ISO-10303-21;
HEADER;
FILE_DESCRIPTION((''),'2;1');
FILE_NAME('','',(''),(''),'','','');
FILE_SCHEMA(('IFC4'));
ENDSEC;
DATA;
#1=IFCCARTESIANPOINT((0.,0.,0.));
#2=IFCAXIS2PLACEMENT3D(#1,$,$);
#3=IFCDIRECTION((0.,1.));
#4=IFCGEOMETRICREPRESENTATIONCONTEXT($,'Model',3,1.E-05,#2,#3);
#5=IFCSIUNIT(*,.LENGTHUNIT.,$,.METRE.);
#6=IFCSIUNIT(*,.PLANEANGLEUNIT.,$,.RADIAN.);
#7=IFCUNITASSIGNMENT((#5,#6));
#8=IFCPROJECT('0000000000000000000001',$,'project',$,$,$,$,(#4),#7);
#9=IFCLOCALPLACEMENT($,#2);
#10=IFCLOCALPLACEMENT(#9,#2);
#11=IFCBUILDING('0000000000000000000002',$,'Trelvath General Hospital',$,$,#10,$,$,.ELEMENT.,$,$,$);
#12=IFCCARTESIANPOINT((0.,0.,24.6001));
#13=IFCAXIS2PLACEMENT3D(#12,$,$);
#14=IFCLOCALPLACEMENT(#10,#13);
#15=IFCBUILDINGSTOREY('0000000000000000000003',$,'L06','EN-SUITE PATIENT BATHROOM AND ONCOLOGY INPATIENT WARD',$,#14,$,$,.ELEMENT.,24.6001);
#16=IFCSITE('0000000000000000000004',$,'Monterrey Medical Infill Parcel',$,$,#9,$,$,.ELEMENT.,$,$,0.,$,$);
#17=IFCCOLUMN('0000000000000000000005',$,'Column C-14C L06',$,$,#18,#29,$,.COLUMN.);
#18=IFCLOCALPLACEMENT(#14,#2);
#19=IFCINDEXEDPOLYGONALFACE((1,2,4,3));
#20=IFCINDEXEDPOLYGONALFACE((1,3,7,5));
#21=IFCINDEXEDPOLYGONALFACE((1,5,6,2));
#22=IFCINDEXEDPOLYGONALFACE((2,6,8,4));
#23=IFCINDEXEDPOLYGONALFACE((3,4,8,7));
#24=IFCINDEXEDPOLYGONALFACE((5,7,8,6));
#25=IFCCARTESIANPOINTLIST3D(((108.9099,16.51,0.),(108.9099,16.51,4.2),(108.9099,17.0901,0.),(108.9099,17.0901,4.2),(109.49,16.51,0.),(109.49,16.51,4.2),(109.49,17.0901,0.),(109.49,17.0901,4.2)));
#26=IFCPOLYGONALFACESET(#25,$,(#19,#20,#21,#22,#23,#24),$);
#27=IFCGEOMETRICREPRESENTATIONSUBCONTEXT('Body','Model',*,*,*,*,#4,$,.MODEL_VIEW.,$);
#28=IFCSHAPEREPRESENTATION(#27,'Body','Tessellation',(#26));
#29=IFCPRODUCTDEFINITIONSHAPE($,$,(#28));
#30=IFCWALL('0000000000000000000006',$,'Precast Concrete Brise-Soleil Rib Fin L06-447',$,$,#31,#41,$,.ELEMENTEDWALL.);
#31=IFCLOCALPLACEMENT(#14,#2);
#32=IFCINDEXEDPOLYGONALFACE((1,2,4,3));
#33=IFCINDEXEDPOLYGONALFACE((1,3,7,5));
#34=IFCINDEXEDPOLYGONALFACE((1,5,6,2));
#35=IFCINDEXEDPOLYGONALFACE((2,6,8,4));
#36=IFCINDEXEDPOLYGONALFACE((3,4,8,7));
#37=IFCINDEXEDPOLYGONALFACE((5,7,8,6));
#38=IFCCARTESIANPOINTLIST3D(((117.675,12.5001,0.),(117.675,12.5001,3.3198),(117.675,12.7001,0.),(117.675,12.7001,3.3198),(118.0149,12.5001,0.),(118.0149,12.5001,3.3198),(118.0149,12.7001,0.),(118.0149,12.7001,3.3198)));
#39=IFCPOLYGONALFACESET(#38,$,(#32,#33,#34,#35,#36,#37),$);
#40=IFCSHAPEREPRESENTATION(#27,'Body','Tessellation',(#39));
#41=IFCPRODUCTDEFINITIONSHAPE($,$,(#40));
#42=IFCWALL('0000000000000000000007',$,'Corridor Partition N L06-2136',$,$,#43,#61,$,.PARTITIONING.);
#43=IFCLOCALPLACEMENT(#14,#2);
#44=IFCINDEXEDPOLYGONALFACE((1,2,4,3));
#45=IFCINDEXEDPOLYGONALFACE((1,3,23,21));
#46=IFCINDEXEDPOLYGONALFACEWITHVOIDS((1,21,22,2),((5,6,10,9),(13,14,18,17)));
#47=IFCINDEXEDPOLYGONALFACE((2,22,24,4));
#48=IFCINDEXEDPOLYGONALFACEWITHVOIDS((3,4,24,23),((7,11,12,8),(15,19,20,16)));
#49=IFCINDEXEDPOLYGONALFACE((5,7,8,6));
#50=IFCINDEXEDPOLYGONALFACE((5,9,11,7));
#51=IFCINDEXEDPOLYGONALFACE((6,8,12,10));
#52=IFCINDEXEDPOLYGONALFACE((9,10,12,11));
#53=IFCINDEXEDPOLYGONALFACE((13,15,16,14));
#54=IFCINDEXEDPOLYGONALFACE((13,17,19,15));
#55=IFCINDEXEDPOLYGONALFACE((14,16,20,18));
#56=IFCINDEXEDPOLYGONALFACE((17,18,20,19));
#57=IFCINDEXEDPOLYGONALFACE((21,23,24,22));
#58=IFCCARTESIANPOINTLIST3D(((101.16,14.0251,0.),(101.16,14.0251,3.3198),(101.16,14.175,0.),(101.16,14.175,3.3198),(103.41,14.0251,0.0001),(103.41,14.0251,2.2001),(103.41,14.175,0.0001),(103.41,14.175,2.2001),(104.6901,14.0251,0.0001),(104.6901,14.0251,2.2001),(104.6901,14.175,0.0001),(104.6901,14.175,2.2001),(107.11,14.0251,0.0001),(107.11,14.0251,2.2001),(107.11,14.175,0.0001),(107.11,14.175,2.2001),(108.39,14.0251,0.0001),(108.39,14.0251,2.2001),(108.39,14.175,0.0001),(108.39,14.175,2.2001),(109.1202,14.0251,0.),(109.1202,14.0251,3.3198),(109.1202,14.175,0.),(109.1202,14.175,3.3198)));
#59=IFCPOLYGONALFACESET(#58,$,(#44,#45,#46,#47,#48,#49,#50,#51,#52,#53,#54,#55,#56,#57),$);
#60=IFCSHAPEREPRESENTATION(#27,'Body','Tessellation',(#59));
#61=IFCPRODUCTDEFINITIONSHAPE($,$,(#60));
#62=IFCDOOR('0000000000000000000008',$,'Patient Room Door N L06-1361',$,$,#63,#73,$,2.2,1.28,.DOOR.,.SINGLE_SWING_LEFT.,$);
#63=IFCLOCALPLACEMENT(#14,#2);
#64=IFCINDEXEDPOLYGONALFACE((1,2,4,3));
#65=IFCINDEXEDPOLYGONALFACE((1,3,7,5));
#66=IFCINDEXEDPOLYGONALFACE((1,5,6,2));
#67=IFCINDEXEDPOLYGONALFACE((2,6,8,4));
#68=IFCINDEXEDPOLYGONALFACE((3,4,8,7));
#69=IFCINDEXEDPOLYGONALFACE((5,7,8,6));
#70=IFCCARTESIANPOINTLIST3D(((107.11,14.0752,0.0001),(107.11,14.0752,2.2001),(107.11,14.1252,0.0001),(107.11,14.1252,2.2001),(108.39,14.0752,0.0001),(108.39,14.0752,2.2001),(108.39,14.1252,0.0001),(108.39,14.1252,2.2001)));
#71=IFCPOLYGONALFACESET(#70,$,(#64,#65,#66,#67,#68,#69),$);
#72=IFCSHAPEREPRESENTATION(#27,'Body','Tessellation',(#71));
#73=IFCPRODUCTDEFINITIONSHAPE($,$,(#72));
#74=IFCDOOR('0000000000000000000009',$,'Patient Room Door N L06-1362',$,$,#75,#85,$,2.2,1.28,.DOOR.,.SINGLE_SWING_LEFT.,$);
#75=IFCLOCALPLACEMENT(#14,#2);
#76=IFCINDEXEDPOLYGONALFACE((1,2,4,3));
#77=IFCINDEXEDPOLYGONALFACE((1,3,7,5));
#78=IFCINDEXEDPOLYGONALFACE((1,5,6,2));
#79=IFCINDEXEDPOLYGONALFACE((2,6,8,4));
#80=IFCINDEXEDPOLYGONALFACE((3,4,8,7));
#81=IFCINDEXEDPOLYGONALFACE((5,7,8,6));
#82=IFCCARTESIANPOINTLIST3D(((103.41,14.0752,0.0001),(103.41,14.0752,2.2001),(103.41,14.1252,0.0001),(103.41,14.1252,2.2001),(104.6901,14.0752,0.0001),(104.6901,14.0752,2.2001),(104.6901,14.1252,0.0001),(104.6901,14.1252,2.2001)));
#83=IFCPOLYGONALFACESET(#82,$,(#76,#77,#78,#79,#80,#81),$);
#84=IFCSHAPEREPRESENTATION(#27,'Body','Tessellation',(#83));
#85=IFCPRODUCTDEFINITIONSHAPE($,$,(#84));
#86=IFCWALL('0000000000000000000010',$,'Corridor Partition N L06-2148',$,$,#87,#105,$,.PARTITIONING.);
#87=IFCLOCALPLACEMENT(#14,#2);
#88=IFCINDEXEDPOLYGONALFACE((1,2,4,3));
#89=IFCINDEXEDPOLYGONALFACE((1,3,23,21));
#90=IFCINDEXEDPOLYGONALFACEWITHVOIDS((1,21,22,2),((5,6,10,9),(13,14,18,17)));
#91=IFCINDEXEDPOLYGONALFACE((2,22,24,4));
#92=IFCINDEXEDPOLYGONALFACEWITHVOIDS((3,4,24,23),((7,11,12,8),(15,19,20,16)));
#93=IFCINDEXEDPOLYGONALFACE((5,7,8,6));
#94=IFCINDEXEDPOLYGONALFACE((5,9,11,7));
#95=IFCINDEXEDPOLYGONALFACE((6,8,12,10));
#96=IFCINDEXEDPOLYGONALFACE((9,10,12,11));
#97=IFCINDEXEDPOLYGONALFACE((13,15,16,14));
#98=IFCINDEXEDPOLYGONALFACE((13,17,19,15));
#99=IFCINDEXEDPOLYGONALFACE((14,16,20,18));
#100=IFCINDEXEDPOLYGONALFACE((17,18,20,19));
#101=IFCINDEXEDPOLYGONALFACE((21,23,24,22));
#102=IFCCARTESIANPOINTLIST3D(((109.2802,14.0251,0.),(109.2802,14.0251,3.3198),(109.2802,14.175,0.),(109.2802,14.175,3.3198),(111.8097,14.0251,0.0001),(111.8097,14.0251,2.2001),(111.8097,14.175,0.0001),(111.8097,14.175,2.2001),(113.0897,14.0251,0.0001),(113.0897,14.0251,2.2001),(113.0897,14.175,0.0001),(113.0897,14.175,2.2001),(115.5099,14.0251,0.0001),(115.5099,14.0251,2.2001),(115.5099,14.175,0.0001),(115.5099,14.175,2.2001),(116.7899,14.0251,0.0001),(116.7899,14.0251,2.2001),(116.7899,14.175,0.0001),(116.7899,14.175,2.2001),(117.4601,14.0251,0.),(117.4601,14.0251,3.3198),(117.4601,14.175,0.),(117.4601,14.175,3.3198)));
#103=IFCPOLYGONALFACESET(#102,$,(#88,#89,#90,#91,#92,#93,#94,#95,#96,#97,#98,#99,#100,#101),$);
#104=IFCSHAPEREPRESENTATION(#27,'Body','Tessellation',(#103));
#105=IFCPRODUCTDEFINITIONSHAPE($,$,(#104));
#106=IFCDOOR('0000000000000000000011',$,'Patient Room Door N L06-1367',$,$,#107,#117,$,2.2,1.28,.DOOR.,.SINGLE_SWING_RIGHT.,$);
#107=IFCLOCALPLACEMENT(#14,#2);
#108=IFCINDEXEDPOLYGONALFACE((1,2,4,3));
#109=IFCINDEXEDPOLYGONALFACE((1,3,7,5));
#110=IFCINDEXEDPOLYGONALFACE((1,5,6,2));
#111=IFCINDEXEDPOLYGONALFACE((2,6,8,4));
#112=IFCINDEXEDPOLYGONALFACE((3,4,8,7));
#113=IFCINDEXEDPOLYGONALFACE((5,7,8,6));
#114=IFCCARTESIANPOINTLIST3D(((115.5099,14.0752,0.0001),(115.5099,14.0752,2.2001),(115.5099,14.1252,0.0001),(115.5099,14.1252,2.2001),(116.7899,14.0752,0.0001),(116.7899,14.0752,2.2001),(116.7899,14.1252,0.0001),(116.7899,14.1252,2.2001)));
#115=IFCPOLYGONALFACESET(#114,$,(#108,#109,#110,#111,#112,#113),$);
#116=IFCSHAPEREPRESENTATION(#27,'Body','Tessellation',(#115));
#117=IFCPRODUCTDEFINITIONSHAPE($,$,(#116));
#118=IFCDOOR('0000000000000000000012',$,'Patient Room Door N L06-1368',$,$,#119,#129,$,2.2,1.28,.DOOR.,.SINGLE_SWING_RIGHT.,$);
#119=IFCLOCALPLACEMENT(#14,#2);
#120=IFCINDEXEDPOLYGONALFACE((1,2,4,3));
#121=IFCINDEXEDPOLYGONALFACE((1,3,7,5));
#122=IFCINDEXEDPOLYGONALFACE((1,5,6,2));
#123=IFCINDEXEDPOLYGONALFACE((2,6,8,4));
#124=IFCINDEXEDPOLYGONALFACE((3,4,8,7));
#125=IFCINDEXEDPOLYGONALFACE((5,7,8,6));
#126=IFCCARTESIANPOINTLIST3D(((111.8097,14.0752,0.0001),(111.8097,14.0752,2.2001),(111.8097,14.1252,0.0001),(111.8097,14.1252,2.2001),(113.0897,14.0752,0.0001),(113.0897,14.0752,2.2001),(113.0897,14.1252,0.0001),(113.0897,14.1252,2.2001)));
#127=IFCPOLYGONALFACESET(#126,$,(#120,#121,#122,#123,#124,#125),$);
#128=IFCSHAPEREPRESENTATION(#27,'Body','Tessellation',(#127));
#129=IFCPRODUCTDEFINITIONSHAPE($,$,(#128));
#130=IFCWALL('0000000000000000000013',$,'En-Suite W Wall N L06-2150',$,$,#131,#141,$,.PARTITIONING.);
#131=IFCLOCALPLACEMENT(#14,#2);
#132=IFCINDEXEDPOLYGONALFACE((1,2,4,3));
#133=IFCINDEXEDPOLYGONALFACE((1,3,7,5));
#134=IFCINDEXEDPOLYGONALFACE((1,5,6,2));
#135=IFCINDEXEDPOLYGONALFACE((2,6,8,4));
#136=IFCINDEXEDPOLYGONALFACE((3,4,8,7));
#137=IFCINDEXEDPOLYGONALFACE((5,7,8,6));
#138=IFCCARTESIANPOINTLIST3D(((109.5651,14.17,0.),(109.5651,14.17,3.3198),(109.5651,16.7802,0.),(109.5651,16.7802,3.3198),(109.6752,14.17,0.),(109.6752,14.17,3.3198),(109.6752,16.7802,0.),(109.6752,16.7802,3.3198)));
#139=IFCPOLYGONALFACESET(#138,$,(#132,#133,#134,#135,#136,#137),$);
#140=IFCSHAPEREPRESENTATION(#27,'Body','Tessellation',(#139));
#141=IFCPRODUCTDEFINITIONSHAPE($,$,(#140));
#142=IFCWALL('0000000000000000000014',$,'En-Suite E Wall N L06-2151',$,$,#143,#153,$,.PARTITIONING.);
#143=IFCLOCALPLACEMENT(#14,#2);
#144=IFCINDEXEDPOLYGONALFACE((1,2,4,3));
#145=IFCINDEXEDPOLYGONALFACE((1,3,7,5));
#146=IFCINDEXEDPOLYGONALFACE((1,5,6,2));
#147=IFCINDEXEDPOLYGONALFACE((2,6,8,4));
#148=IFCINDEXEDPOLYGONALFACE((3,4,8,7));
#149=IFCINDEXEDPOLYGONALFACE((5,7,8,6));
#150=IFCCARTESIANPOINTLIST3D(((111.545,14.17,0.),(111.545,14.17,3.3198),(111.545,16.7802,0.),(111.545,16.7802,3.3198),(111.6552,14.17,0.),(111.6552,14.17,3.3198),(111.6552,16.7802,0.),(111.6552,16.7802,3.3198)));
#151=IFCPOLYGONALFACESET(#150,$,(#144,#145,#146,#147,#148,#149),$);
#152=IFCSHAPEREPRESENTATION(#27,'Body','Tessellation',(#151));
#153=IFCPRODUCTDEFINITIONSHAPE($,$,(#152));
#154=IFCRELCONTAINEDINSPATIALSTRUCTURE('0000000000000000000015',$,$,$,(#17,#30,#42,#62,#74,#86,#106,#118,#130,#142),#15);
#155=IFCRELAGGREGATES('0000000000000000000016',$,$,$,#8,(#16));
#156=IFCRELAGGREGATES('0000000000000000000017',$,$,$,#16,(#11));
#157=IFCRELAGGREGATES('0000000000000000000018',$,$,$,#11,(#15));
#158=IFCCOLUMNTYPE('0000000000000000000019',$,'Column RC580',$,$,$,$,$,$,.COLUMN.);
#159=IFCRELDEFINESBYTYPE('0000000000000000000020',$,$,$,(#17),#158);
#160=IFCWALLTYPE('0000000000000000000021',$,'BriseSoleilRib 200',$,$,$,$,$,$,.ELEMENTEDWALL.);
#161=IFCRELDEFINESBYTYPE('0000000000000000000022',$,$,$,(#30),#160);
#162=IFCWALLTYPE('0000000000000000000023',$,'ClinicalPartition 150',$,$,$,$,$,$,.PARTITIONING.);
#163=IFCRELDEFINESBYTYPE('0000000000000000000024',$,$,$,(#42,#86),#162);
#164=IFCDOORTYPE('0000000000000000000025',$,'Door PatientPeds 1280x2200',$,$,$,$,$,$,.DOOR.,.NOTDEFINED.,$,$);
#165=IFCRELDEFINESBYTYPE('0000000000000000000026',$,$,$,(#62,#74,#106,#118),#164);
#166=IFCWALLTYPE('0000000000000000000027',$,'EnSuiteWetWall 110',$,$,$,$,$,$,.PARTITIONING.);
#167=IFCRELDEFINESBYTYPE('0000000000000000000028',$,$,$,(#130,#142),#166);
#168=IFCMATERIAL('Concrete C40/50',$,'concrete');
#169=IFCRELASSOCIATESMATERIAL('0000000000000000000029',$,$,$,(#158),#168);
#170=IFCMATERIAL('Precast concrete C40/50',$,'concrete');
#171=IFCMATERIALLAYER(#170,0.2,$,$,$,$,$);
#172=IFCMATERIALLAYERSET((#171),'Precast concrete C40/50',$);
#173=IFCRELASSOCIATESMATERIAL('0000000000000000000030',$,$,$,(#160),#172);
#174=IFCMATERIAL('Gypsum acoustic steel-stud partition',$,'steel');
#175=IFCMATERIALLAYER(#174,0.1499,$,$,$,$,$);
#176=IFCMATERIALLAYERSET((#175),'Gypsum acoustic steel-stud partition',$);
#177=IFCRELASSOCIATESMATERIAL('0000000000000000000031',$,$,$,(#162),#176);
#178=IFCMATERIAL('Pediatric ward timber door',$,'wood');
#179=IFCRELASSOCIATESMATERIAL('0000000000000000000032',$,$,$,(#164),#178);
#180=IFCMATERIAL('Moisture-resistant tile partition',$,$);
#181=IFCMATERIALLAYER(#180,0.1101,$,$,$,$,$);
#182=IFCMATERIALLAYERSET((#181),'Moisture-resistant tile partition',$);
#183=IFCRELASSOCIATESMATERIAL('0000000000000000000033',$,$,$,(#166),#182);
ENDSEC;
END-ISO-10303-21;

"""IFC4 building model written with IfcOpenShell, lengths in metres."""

from ifc_helpers import new_model, si_unit, direction, frame, frame_2d, origin, origin_2d, place, context, subcontext, project, spatial, rectangle, extrude, material, layer, layer_set, material_profile, profile_set, type_object, element, fill, save


model = new_model("IFC4")

# Units and contexts
model_context = context("Model", 3, precision=1e-05, world=origin(), true_north=direction((0.0, 1.0)))
body_context = subcontext(model_context, "Body", "Model", "MODEL_VIEW")
ifc_project = project(units=[si_unit("LENGTHUNIT", "METRE"), si_unit("PLANEANGLEUNIT", "RADIAN")], contexts=[model_context])

# Site, building, storey
site_placement = place(None, origin())
site = spatial("IfcSite", under=ifc_project, at=site_placement, Name="Monterrey Medical Infill Parcel", CompositionType="ELEMENT", RefElevation=0.0)
building_placement = place(site_placement, origin())
building = spatial("IfcBuilding", under=site, at=building_placement, Name="Trelvath General Hospital", CompositionType="ELEMENT")
storey_placement = place(building_placement, frame((0.0, 0.0, 24.6001)))
storey = spatial("IfcBuildingStorey", under=building, at=storey_placement, Name="L06", Description="EN-SUITE PATIENT BATHROOM AND ONCOLOGY INPATIENT WARD", CompositionType="ELEMENT", Elevation=24.6001)

# Column
ifc_material_1 = material(Name="Concrete C40/50", Category="concrete")
ifc_material_profile = material_profile(ifc_material_1, rectangle(XDim=0.5801, YDim=0.5801, at=origin_2d()), Name="RC580x580")
ifc_profile_set = profile_set([ifc_material_profile], Name="Concrete C40/50")
column_type = type_object("IfcColumnType", Name="Column RC580", PredefinedType="COLUMN", material=ifc_profile_set)
column_placement = place(storey_placement, frame((109.2, 16.8, 0.0), z_axis=(0.0, 0.0, 1.0), x_axis=(1.0, 0.0, 0.0)))
element("IfcColumn", 1, at=column_placement, inside=storey, type_object=column_type, Name="Column C-14C L06", PredefinedType="COLUMN", context=body_context, shape_type="SweptSolid", body=[
    extrude(rectangle(XDim=0.5801, YDim=0.5801, at=origin_2d()), origin(), (0.0, 0.0, 1.0), 4.2),
])

# Wall
ifc_material_2 = material(Name="Precast concrete C40/50", Category="concrete")
ifc_layer_1 = layer(ifc_material_2, 0.2)
ifc_layer_set_1 = layer_set([ifc_layer_1], Name="Precast concrete C40/50")
wall_type_1 = type_object("IfcWallType", Name="BriseSoleilRib 200", PredefinedType="ELEMENTEDWALL", material=ifc_layer_set_1)
wall_1_placement = place(storey_placement, frame((117.675, 12.6001, 0.0), z_axis=(0.0, 0.0, 1.0), x_axis=(1.0, 0.0, 0.0)))
element("IfcWall", 2, at=wall_1_placement, inside=storey, type_object=wall_type_1, Name="Precast Concrete Brise-Soleil Rib Fin L06-447", PredefinedType="ELEMENTEDWALL", context=body_context, shape_type="SweptSolid", body=[
    extrude(rectangle(XDim=0.3398, YDim=0.2, at=frame_2d((0.1699, 0.0))), origin(), (0.0, 0.0, 1.0), 3.3198),
])

# Walls, openings, doors
ifc_material_3 = material(Name="Gypsum acoustic steel-stud partition", Category="steel")
ifc_layer_2 = layer(ifc_material_3, 0.1499)
ifc_layer_set_2 = layer_set([ifc_layer_2], Name="Gypsum acoustic steel-stud partition")
wall_type_2 = type_object("IfcWallType", Name="ClinicalPartition 150", PredefinedType="PARTITIONING", material=ifc_layer_set_2)
wall_2_placement = place(storey_placement, frame((109.1201, 14.1001, 0.0), z_axis=(0.0, 0.0, 1.0), x_axis=(-1.0, 0.0, 0.0)))
wall_2 = element("IfcWall", 3, at=wall_2_placement, inside=storey, type_object=wall_type_2, Name="Corridor Partition N L06-2136", PredefinedType="PARTITIONING", context=body_context, shape_type="SweptSolid", body=[
    extrude(rectangle(XDim=7.9602, YDim=0.1499, at=frame_2d((3.98, 0.0))), origin(), (0.0, 0.0, 1.0), 3.3198),
])
opening_1_placement = place(wall_2_placement, frame((0.73, 0.0, 0.0)))
opening_1 = element("IfcOpeningElement", 4, at=opening_1_placement, cuts=wall_2, PredefinedType="OPENING", context=body_context, shape_type="SweptSolid", body=[
    extrude(rectangle(XDim=1.28, YDim=2.2, at=frame_2d((0.6401, 1.1001))), frame((0.0, 0.085, 0.0), z_axis=(0.0, -1.0, 0.0), x_axis=(1.0, 0.0, 0.0)), (0.0, 0.0, 1.0), 0.1699),
])
opening_2_placement = place(wall_2_placement, frame((4.4299, 0.0, 0.0)))
opening_2 = element("IfcOpeningElement", 5, at=opening_2_placement, cuts=wall_2, PredefinedType="OPENING", context=body_context, shape_type="SweptSolid", body=[
    extrude(rectangle(XDim=1.28, YDim=2.2, at=frame_2d((0.6401, 1.1001))), frame((0.0, 0.085, 0.0), z_axis=(0.0, -1.0, 0.0), x_axis=(1.0, 0.0, 0.0)), (0.0, 0.0, 1.0), 0.1699),
])
ifc_material_4 = material(Name="Pediatric ward timber door", Category="wood")
door_type_1 = type_object("IfcDoorType", Name="Door PatientPeds 1280x2200", OperationType="NOTDEFINED", PredefinedType="DOOR", material=ifc_material_4)
door_1_placement = place(opening_1_placement, origin())
door_1 = element("IfcDoor", 6, at=door_1_placement, inside=storey, type_object=door_type_1, Name="Patient Room Door N L06-1361", OperationType="SINGLE_SWING_LEFT", OverallHeight=2.2, OverallWidth=1.28, PredefinedType="DOOR", context=body_context, shape_type="SweptSolid", body=[
    extrude(rectangle(XDim=1.28, YDim=2.2, at=frame_2d((0.6401, 1.1001))), frame((0.0, 0.0249, 0.0), z_axis=(0.0, -1.0, 0.0), x_axis=(1.0, 0.0, 0.0)), (0.0, 0.0, 1.0), 0.05),
])
fill(opening_1, door_1)
door_2_placement = place(opening_2_placement, origin())
door_2 = element("IfcDoor", 7, at=door_2_placement, inside=storey, type_object=door_type_1, Name="Patient Room Door N L06-1362", OperationType="SINGLE_SWING_LEFT", OverallHeight=2.2, OverallWidth=1.28, PredefinedType="DOOR", context=body_context, shape_type="SweptSolid", body=[
    extrude(rectangle(XDim=1.28, YDim=2.2, at=frame_2d((0.6401, 1.1001))), frame((0.0, 0.0249, 0.0), z_axis=(0.0, -1.0, 0.0), x_axis=(1.0, 0.0, 0.0)), (0.0, 0.0, 1.0), 0.05),
])
fill(opening_2, door_2)
wall_3_placement = place(storey_placement, frame((117.46, 14.1001, 0.0), z_axis=(0.0, 0.0, 1.0), x_axis=(-1.0, 0.0, 0.0)))
wall_3 = element("IfcWall", 8, at=wall_3_placement, inside=storey, type_object=wall_type_2, Name="Corridor Partition N L06-2148", PredefinedType="PARTITIONING", context=body_context, shape_type="SweptSolid", body=[
    extrude(rectangle(XDim=8.1799, YDim=0.1499, at=frame_2d((4.0898, 0.0))), origin(), (0.0, 0.0, 1.0), 3.3198),
])
opening_3_placement = place(wall_3_placement, frame((0.6699, 0.0, 0.0)))
opening_3 = element("IfcOpeningElement", 9, at=opening_3_placement, cuts=wall_3, PredefinedType="OPENING", context=body_context, shape_type="SweptSolid", body=[
    extrude(rectangle(XDim=1.28, YDim=2.2, at=frame_2d((0.6401, 1.1001))), frame((0.0, 0.085, 0.0), z_axis=(0.0, -1.0, 0.0), x_axis=(1.0, 0.0, 0.0)), (0.0, 0.0, 1.0), 0.1699),
])
opening_4_placement = place(wall_3_placement, frame((4.3701, 0.0, 0.0)))
opening_4 = element("IfcOpeningElement", 10, at=opening_4_placement, cuts=wall_3, PredefinedType="OPENING", context=body_context, shape_type="SweptSolid", body=[
    extrude(rectangle(XDim=1.28, YDim=2.2, at=frame_2d((0.6401, 1.1001))), frame((0.0, 0.085, 0.0), z_axis=(0.0, -1.0, 0.0), x_axis=(1.0, 0.0, 0.0)), (0.0, 0.0, 1.0), 0.1699),
])
door_3_placement = place(opening_3_placement, origin())
door_3 = element("IfcDoor", 11, at=door_3_placement, inside=storey, type_object=door_type_1, Name="Patient Room Door N L06-1367", OperationType="SINGLE_SWING_RIGHT", OverallHeight=2.2, OverallWidth=1.28, PredefinedType="DOOR", context=body_context, shape_type="SweptSolid", body=[
    extrude(rectangle(XDim=1.28, YDim=2.2, at=frame_2d((0.6401, 1.1001))), frame((0.0, 0.0249, 0.0), z_axis=(0.0, -1.0, 0.0), x_axis=(1.0, 0.0, 0.0)), (0.0, 0.0, 1.0), 0.05),
])
fill(opening_3, door_3)
door_4_placement = place(opening_4_placement, origin())
door_4 = element("IfcDoor", 12, at=door_4_placement, inside=storey, type_object=door_type_1, Name="Patient Room Door N L06-1368", OperationType="SINGLE_SWING_RIGHT", OverallHeight=2.2, OverallWidth=1.28, PredefinedType="DOOR", context=body_context, shape_type="SweptSolid", body=[
    extrude(rectangle(XDim=1.28, YDim=2.2, at=frame_2d((0.6401, 1.1001))), frame((0.0, 0.0249, 0.0), z_axis=(0.0, -1.0, 0.0), x_axis=(1.0, 0.0, 0.0)), (0.0, 0.0, 1.0), 0.05),
])
fill(opening_4, door_4)

# Walls
ifc_material_5 = material(Name="Moisture-resistant tile partition")
ifc_layer_3 = layer(ifc_material_5, 0.1101)
ifc_layer_set_3 = layer_set([ifc_layer_3], Name="Moisture-resistant tile partition")
wall_type_3 = type_object("IfcWallType", Name="EnSuiteWetWall 110", PredefinedType="PARTITIONING", material=ifc_layer_set_3)
for number, where, z_axis, x_axis, name in (
    (13, (109.6201, 14.1699, 0.0), (0.0, 0.0, 1.0), (0.0, 1.0, 0.0), "En-Suite W Wall N L06-2150"),
    (14, (111.6001, 14.1699, 0.0), (0.0, 0.0, 1.0), (0.0, 1.0, 0.0), "En-Suite E Wall N L06-2151"),
):
    element("IfcWall", number, at=place(storey_placement, frame(where, z_axis=z_axis, x_axis=x_axis)), inside=storey, type_object=wall_type_3, Name=name, PredefinedType="PARTITIONING", context=body_context, shape_type="SweptSolid", body=[
        extrude(rectangle(XDim=2.6101, YDim=0.1101, at=frame_2d((1.3052, 0.0))), origin(), (0.0, 0.0, 1.0), 3.3198),
    ])

save(model, "model.ifc")
